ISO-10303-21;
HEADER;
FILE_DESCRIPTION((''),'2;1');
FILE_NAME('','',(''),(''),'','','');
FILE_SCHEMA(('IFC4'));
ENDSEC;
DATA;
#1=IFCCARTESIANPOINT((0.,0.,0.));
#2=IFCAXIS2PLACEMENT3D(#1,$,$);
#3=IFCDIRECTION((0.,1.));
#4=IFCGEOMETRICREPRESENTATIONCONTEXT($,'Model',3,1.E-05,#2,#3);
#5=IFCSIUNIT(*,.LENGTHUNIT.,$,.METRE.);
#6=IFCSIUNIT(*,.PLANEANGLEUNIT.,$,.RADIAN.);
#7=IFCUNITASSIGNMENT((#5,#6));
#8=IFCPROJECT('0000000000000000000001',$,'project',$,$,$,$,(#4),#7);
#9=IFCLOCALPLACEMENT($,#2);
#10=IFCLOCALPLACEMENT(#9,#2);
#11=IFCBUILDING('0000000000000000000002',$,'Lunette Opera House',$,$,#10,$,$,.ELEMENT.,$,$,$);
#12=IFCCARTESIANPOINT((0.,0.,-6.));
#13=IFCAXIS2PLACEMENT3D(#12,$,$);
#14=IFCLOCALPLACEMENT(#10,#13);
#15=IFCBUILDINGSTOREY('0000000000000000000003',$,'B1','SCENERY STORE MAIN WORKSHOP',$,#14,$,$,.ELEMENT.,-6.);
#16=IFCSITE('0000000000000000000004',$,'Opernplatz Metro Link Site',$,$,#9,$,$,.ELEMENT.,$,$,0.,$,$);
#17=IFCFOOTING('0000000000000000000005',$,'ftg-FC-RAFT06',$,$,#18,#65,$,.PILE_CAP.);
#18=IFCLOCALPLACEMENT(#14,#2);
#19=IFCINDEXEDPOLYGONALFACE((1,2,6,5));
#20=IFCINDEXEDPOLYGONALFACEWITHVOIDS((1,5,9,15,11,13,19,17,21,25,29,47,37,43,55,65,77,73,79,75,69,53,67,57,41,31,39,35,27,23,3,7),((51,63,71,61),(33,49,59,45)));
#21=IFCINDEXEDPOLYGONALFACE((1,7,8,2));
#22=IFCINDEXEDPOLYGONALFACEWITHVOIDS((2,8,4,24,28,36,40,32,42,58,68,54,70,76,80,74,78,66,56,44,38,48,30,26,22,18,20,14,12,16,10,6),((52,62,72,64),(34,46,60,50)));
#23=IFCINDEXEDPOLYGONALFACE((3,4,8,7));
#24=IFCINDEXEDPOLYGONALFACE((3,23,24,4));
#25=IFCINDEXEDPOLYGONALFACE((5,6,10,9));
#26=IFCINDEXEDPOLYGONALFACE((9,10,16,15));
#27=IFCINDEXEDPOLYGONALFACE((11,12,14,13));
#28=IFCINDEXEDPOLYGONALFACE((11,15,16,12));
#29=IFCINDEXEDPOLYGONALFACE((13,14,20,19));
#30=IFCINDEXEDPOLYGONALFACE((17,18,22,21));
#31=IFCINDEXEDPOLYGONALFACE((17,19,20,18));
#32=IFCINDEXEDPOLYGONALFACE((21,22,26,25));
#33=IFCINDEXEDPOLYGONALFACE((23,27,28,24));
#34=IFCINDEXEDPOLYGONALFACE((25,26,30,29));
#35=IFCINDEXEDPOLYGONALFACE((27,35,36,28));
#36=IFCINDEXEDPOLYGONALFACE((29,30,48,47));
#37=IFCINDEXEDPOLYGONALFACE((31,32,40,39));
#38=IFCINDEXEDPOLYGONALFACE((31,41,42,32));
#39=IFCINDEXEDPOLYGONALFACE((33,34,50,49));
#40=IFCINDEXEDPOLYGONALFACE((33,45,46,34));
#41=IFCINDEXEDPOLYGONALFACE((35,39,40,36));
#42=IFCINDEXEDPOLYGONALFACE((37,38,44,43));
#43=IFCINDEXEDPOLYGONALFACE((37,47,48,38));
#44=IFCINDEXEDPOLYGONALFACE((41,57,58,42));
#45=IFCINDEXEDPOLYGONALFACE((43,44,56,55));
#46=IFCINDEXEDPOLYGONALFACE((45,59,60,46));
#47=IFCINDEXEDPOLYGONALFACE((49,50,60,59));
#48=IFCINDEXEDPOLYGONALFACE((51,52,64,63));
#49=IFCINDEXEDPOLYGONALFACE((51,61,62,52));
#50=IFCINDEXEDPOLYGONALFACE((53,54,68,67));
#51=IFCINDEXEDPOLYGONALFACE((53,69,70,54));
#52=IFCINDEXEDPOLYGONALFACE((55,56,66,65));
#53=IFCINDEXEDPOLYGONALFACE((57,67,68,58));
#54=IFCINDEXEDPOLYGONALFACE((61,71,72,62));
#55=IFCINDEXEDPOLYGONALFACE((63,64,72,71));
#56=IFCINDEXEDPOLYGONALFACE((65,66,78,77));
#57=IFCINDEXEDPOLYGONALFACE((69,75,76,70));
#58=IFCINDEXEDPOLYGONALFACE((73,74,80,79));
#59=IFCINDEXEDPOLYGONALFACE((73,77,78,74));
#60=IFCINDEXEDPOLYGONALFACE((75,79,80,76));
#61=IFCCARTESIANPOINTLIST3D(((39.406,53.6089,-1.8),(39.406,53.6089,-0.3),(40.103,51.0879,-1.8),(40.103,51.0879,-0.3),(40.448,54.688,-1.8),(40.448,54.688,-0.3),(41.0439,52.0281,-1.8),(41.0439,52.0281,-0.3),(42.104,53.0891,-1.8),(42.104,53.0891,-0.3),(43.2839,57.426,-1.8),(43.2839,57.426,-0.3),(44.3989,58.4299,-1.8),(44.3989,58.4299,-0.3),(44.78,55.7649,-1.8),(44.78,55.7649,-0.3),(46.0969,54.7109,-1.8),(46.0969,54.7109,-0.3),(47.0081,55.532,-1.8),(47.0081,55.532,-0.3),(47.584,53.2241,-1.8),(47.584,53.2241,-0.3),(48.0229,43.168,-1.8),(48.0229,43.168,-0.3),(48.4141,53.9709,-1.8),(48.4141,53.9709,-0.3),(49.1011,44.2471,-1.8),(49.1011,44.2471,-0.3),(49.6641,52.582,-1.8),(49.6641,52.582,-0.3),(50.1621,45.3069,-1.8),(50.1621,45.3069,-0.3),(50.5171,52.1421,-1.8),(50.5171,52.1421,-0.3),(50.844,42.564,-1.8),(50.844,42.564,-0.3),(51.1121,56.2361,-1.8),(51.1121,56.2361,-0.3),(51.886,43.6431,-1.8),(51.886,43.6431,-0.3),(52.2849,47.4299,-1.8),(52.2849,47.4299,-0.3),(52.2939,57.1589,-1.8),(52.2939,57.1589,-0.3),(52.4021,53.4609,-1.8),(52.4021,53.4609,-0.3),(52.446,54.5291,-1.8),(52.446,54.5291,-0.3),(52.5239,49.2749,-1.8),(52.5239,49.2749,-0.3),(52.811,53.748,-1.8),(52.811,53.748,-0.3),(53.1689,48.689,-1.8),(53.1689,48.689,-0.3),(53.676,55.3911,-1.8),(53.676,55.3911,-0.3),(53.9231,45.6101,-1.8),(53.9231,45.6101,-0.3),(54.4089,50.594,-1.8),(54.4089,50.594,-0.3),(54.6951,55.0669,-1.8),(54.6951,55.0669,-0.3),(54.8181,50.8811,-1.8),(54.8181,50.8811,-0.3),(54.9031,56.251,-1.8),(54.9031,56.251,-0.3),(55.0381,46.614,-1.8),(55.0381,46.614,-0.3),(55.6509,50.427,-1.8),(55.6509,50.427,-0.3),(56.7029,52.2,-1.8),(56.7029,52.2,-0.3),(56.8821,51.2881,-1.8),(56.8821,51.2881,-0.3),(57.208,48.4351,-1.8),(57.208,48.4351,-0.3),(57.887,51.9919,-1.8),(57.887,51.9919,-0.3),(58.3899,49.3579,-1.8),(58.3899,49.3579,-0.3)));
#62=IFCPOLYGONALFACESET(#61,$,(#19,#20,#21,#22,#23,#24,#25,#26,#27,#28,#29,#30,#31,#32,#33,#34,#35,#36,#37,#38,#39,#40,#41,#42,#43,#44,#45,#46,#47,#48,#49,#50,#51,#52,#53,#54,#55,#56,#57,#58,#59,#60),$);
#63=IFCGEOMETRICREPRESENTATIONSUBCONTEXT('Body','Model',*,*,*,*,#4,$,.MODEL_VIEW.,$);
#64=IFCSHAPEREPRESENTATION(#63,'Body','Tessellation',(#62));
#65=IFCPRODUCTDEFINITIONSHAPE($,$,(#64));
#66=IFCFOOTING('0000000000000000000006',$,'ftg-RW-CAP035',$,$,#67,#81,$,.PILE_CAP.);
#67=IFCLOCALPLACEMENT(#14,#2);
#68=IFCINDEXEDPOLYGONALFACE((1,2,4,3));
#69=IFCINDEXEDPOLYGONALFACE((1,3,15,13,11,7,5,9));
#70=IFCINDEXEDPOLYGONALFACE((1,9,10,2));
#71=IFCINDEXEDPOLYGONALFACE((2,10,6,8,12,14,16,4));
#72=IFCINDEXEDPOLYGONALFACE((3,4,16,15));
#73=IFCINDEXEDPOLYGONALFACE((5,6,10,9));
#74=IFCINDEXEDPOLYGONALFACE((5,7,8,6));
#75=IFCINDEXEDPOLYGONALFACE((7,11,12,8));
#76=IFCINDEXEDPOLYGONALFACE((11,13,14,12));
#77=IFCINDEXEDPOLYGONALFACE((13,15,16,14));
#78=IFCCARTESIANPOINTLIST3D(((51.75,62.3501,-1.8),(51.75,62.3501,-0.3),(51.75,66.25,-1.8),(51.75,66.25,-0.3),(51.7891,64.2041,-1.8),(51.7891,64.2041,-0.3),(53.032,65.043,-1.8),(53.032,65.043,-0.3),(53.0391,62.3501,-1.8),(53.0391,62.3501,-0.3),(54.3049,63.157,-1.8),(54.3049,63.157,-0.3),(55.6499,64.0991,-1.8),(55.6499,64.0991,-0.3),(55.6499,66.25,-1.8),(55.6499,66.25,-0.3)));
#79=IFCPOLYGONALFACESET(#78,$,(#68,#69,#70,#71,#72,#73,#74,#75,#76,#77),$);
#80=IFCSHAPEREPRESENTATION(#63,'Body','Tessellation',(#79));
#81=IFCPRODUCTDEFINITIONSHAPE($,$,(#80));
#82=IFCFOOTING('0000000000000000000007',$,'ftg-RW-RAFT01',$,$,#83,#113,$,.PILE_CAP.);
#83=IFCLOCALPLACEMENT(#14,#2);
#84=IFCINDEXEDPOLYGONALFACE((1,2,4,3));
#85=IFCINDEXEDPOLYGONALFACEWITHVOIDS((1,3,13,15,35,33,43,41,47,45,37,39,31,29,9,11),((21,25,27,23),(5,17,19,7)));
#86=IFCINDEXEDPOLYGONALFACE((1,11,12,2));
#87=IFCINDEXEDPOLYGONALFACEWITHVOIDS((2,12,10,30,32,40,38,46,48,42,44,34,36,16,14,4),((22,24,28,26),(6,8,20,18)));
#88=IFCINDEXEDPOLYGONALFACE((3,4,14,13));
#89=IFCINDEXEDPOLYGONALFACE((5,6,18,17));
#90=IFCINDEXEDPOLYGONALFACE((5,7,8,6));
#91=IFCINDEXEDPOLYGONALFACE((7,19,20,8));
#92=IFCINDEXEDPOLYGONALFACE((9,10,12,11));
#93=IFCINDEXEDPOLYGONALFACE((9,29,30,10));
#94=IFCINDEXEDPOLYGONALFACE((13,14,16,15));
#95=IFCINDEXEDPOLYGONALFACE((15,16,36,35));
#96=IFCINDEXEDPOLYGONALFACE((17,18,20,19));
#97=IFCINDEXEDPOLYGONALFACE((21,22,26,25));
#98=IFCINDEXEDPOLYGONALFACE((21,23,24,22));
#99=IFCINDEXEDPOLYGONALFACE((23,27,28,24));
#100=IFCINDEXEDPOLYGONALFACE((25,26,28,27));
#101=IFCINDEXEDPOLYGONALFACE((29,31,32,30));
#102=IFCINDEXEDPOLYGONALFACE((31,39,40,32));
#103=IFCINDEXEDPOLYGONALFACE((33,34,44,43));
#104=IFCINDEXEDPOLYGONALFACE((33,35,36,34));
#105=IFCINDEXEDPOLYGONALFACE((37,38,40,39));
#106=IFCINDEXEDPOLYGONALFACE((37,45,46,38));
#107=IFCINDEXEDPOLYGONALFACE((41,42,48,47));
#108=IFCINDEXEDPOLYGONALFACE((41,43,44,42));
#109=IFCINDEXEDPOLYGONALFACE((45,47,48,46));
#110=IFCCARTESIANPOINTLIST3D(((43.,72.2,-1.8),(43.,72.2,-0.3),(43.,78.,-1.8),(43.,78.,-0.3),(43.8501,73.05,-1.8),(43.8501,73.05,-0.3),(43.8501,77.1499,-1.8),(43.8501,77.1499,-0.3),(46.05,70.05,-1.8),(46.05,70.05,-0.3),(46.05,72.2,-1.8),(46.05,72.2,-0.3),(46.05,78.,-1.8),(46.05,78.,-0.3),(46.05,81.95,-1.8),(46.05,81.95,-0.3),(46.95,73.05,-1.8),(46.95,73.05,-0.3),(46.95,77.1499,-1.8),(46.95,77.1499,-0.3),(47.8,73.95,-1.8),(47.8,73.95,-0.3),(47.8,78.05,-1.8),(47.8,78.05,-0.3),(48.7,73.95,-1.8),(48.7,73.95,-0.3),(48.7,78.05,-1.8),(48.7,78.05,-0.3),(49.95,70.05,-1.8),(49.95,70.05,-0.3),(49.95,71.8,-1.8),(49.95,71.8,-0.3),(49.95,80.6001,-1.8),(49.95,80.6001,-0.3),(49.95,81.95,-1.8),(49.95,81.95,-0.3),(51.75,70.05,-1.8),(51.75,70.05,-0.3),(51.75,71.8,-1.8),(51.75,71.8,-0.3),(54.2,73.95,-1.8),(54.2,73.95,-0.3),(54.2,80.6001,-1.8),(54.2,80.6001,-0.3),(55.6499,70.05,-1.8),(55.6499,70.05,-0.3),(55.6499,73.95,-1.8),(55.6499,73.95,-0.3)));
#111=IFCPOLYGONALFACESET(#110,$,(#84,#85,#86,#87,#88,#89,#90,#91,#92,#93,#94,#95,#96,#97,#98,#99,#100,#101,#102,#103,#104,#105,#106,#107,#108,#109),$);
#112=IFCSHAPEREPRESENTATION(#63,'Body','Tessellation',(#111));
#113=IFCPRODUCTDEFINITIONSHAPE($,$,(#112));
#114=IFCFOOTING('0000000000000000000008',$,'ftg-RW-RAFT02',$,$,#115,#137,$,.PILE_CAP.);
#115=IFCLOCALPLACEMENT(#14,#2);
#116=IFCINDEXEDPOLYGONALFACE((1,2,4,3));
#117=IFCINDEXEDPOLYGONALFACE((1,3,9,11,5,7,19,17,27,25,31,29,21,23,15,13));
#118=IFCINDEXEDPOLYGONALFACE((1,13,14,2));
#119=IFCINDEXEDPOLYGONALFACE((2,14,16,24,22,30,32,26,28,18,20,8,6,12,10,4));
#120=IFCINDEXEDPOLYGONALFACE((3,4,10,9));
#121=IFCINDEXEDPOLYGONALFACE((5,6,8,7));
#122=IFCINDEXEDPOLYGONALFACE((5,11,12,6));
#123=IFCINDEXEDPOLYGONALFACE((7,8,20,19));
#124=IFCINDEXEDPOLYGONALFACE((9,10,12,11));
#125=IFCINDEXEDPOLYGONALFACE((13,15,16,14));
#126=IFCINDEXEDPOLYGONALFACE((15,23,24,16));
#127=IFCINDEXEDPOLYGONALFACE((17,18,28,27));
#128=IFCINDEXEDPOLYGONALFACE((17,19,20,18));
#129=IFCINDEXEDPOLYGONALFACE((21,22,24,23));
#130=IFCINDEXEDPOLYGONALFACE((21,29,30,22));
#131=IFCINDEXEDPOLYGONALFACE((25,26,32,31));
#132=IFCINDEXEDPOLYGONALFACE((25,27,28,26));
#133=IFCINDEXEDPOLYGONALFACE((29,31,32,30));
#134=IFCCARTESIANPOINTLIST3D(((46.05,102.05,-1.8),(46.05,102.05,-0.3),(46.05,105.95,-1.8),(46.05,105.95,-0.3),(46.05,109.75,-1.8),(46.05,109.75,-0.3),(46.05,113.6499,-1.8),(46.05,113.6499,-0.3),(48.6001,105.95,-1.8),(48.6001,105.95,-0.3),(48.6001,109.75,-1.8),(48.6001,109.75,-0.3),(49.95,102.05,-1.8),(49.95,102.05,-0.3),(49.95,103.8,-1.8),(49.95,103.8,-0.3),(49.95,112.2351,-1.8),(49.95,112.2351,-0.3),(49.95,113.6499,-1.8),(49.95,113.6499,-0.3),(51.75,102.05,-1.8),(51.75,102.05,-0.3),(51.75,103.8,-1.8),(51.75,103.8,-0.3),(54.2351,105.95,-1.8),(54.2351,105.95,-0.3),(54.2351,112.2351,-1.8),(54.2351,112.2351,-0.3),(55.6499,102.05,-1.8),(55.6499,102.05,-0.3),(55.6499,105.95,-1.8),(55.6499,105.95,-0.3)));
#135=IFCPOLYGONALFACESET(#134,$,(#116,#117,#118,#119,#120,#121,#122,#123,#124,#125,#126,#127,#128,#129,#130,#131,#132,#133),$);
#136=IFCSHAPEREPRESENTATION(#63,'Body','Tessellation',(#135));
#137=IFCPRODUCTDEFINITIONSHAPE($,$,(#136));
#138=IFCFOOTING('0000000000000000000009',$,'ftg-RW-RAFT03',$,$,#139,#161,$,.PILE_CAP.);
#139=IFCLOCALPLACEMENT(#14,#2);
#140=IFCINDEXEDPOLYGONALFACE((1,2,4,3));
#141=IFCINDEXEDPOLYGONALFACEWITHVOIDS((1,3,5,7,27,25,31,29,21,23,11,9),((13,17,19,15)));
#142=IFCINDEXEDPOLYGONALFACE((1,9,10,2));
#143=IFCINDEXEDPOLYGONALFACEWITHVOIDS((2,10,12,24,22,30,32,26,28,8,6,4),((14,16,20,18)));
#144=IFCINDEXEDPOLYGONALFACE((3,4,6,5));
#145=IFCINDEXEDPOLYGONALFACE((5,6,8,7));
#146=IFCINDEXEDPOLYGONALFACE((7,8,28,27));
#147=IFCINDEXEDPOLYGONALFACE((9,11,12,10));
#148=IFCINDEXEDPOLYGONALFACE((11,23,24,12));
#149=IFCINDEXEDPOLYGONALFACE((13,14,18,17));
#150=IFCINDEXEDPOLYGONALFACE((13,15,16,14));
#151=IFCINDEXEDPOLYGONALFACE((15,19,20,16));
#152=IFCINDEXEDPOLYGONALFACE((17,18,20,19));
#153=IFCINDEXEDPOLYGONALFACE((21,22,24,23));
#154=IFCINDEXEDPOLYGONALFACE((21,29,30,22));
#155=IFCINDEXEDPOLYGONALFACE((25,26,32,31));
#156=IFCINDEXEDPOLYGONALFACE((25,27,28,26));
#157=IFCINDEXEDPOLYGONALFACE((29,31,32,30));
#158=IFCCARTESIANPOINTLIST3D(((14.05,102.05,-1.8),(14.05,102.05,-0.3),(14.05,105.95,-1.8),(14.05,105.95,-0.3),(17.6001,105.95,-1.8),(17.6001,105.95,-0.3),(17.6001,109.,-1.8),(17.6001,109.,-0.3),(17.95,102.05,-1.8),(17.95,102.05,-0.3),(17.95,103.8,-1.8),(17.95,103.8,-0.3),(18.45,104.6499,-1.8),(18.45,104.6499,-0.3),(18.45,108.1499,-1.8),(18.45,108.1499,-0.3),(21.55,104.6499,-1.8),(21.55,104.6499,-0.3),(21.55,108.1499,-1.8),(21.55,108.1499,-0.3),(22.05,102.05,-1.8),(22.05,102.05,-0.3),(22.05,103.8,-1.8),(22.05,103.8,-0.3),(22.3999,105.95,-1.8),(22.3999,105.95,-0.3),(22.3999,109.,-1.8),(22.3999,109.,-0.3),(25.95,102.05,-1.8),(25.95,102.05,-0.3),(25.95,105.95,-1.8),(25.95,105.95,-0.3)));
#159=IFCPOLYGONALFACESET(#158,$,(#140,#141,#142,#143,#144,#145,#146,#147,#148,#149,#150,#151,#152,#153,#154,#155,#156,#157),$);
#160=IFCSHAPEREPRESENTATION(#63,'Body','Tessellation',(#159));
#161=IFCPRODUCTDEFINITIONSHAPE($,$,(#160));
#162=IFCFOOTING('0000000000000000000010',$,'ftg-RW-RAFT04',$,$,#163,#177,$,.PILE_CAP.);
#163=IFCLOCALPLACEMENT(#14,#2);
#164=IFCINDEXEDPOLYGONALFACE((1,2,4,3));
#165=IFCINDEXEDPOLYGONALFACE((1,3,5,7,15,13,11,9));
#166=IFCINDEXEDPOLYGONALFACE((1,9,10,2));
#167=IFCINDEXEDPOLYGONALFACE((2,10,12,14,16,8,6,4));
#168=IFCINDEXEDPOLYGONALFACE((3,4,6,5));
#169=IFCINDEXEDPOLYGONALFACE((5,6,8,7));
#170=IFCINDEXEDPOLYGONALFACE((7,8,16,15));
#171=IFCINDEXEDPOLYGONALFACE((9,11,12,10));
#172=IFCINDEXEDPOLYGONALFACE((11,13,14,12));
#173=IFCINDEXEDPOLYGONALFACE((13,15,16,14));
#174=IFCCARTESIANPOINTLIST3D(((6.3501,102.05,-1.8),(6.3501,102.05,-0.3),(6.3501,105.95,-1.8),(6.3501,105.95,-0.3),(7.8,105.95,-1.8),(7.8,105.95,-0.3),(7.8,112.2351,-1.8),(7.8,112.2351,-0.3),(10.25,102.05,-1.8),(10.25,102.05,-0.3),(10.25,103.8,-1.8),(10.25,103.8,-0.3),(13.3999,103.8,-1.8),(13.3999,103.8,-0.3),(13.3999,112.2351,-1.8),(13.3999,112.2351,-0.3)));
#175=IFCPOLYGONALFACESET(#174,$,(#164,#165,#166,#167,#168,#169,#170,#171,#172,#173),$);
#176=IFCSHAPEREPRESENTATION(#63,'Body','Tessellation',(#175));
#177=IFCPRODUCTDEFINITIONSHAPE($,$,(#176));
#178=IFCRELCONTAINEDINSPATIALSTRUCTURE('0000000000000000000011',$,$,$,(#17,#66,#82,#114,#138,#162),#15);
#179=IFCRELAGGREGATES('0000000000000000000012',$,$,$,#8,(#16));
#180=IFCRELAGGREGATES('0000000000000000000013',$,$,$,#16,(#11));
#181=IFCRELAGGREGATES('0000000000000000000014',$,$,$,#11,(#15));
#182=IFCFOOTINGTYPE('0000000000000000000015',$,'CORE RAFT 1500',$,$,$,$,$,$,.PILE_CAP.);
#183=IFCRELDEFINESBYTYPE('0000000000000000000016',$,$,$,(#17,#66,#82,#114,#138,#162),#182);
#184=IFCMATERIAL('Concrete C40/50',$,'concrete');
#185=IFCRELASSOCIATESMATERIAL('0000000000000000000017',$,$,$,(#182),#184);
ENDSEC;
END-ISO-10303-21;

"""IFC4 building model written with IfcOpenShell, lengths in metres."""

from ifc_helpers import new_model, si_unit, direction, frame, origin, place, context, subcontext, project, spatial, polyline, outline, extrude, material, type_object, element, save


model = new_model("IFC4")

# Units and contexts
model_context = context("Model", 3, precision=1e-05, world=origin(), true_north=direction((0.0, 1.0)))
body_context = subcontext(model_context, "Body", "Model", "MODEL_VIEW")
ifc_project = project(units=[si_unit("LENGTHUNIT", "METRE"), si_unit("PLANEANGLEUNIT", "RADIAN")], contexts=[model_context])

# Site, building, storey
site_placement = place(None, origin())
site = spatial("IfcSite", under=ifc_project, at=site_placement, Name="Opernplatz Metro Link Site", CompositionType="ELEMENT", RefElevation=0.0)
building_placement = place(site_placement, origin())
building = spatial("IfcBuilding", under=site, at=building_placement, Name="Lunette Opera House", CompositionType="ELEMENT")
storey_placement = place(building_placement, frame((0.0, 0.0, -6.0)))
storey = spatial("IfcBuildingStorey", under=building, at=storey_placement, Name="B1", Description="SCENERY STORE MAIN WORKSHOP", CompositionType="ELEMENT", Elevation=-6.0)

# Footings
ifc_material_1 = material(Name="Concrete C40/50", Category="concrete")
footing_type_1 = type_object("IfcFootingType", Name="CORE RAFT 1500", PredefinedType="PILE_CAP", material=ifc_material_1)
footing_1_placement = place(storey_placement, frame((0.0, 0.0, -1.8)))
element("IfcFooting", 1, at=footing_1_placement, inside=storey, type_object=footing_type_1, Name="ftg-FC-RAFT06", PredefinedType="PILE_CAP", context=body_context, shape_type="SweptSolid", body=[
    extrude(outline(polyline([(40.103, 51.0879), (48.0229, 43.168), (49.1011, 44.2471), (50.844, 42.564), (51.886, 43.6431), (50.1621, 45.3069), (52.2849, 47.4299), (53.9231, 45.6101), (55.0381, 46.614), (53.1689, 48.689), (55.6509, 50.427), (57.208, 48.4351), (58.3899, 49.3579), (56.8821, 51.2881), (57.887, 51.9919), (54.9031, 56.251), (53.676, 55.3911), (52.2939, 57.1589), (51.1121, 56.2361), (52.446, 54.5291), (49.6641, 52.582), (48.4141, 53.9709), (47.584, 53.2241), (46.0969, 54.7109), (47.0081, 55.532), (44.3989, 58.4299), (43.2839, 57.426), (44.78, 55.7649), (42.104, 53.0891), (40.448, 54.688), (39.406, 53.6089), (41.0439, 52.0281), (40.103, 51.0879)]), holes=[polyline([(54.4089, 50.594), (52.5239, 49.2749), (50.5171, 52.1421), (52.4021, 53.4609), (54.4089, 50.594)]), polyline([(56.7029, 52.2), (54.8181, 50.8811), (52.811, 53.748), (54.6951, 55.0669), (56.7029, 52.2)])]), origin(), (0.0, 0.0, 1.0), 1.5),
])
footing_2_placement = place(storey_placement, frame((0.0, 0.0, -1.8)))
element("IfcFooting", 2, at=footing_2_placement, inside=storey, type_object=footing_type_1, Name="ftg-RW-CAP035", PredefinedType="PILE_CAP", context=body_context, shape_type="SweptSolid", body=[
    extrude(outline(polyline([(51.75, 62.3501), (53.0391, 62.3501), (51.7891, 64.2041), (53.032, 65.043), (54.3049, 63.157), (55.6499, 64.0991), (55.6499, 66.25), (51.75, 66.25), (51.75, 62.3501)])), origin(), (0.0, 0.0, 1.0), 1.5),
])
footing_3_placement = place(storey_placement, frame((0.0, 0.0, -1.8)))
element("IfcFooting", 3, at=footing_3_placement, inside=storey, type_object=footing_type_1, Name="ftg-RW-RAFT01", PredefinedType="PILE_CAP", context=body_context, shape_type="SweptSolid", body=[
    extrude(outline(polyline([(43.0, 78.0), (43.0, 72.2), (46.05, 72.2), (46.05, 70.05), (49.95, 70.05), (49.95, 71.8), (51.75, 71.8), (51.75, 70.05), (55.6499, 70.05), (55.6499, 73.95), (54.2, 73.95), (54.2, 80.6001), (49.95, 80.6001), (49.95, 81.95), (46.05, 81.95), (46.05, 78.0), (43.0, 78.0)]), holes=[polyline([(48.7, 73.95), (47.8, 73.95), (47.8, 78.05), (48.7, 78.05), (48.7, 73.95)]), polyline([(46.95, 77.1499), (46.95, 73.05), (43.8501, 73.05), (43.8501, 77.1499), (46.95, 77.1499)])]), origin(), (0.0, 0.0, 1.0), 1.5),
])
footing_4_placement = place(storey_placement, frame((0.0, 0.0, -1.8)))
element("IfcFooting", 4, at=footing_4_placement, inside=storey, type_object=footing_type_1, Name="ftg-RW-RAFT02", PredefinedType="PILE_CAP", context=body_context, shape_type="SweptSolid", body=[
    extrude(outline(polyline([(48.6001, 109.75), (48.6001, 105.95), (46.05, 105.95), (46.05, 102.05), (49.95, 102.05), (49.95, 103.8), (51.75, 103.8), (51.75, 102.05), (55.6499, 102.05), (55.6499, 105.95), (54.2351, 105.95), (54.2351, 112.2351), (49.95, 112.2351), (49.95, 113.6499), (46.05, 113.6499), (46.05, 109.75), (48.6001, 109.75)])), origin(), (0.0, 0.0, 1.0), 1.5),
])
footing_5_placement = place(storey_placement, frame((0.0, 0.0, -1.8)))
element("IfcFooting", 5, at=footing_5_placement, inside=storey, type_object=footing_type_1, Name="ftg-RW-RAFT03", PredefinedType="PILE_CAP", context=body_context, shape_type="SweptSolid", body=[
    extrude(outline(polyline([(22.3999, 109.0), (17.6001, 109.0), (17.6001, 105.95), (14.05, 105.95), (14.05, 102.05), (17.95, 102.05), (17.95, 103.8), (22.05, 103.8), (22.05, 102.05), (25.95, 102.05), (25.95, 105.95), (22.3999, 105.95), (22.3999, 109.0)]), holes=[polyline([(21.55, 108.1499), (21.55, 104.6499), (18.45, 104.6499), (18.45, 108.1499), (21.55, 108.1499)])]), origin(), (0.0, 0.0, 1.0), 1.5),
])
footing_6_placement = place(storey_placement, frame((0.0, 0.0, -1.8)))
element("IfcFooting", 6, at=footing_6_placement, inside=storey, type_object=footing_type_1, Name="ftg-RW-RAFT04", PredefinedType="PILE_CAP", context=body_context, shape_type="SweptSolid", body=[
    extrude(outline(polyline([(7.8, 112.2351), (7.8, 105.95), (6.3501, 105.95), (6.3501, 102.05), (10.25, 102.05), (10.25, 103.8), (13.3999, 103.8), (13.3999, 112.2351), (7.8, 112.2351)])), origin(), (0.0, 0.0, 1.0), 1.5),
])

save(model, "model.ifc")
